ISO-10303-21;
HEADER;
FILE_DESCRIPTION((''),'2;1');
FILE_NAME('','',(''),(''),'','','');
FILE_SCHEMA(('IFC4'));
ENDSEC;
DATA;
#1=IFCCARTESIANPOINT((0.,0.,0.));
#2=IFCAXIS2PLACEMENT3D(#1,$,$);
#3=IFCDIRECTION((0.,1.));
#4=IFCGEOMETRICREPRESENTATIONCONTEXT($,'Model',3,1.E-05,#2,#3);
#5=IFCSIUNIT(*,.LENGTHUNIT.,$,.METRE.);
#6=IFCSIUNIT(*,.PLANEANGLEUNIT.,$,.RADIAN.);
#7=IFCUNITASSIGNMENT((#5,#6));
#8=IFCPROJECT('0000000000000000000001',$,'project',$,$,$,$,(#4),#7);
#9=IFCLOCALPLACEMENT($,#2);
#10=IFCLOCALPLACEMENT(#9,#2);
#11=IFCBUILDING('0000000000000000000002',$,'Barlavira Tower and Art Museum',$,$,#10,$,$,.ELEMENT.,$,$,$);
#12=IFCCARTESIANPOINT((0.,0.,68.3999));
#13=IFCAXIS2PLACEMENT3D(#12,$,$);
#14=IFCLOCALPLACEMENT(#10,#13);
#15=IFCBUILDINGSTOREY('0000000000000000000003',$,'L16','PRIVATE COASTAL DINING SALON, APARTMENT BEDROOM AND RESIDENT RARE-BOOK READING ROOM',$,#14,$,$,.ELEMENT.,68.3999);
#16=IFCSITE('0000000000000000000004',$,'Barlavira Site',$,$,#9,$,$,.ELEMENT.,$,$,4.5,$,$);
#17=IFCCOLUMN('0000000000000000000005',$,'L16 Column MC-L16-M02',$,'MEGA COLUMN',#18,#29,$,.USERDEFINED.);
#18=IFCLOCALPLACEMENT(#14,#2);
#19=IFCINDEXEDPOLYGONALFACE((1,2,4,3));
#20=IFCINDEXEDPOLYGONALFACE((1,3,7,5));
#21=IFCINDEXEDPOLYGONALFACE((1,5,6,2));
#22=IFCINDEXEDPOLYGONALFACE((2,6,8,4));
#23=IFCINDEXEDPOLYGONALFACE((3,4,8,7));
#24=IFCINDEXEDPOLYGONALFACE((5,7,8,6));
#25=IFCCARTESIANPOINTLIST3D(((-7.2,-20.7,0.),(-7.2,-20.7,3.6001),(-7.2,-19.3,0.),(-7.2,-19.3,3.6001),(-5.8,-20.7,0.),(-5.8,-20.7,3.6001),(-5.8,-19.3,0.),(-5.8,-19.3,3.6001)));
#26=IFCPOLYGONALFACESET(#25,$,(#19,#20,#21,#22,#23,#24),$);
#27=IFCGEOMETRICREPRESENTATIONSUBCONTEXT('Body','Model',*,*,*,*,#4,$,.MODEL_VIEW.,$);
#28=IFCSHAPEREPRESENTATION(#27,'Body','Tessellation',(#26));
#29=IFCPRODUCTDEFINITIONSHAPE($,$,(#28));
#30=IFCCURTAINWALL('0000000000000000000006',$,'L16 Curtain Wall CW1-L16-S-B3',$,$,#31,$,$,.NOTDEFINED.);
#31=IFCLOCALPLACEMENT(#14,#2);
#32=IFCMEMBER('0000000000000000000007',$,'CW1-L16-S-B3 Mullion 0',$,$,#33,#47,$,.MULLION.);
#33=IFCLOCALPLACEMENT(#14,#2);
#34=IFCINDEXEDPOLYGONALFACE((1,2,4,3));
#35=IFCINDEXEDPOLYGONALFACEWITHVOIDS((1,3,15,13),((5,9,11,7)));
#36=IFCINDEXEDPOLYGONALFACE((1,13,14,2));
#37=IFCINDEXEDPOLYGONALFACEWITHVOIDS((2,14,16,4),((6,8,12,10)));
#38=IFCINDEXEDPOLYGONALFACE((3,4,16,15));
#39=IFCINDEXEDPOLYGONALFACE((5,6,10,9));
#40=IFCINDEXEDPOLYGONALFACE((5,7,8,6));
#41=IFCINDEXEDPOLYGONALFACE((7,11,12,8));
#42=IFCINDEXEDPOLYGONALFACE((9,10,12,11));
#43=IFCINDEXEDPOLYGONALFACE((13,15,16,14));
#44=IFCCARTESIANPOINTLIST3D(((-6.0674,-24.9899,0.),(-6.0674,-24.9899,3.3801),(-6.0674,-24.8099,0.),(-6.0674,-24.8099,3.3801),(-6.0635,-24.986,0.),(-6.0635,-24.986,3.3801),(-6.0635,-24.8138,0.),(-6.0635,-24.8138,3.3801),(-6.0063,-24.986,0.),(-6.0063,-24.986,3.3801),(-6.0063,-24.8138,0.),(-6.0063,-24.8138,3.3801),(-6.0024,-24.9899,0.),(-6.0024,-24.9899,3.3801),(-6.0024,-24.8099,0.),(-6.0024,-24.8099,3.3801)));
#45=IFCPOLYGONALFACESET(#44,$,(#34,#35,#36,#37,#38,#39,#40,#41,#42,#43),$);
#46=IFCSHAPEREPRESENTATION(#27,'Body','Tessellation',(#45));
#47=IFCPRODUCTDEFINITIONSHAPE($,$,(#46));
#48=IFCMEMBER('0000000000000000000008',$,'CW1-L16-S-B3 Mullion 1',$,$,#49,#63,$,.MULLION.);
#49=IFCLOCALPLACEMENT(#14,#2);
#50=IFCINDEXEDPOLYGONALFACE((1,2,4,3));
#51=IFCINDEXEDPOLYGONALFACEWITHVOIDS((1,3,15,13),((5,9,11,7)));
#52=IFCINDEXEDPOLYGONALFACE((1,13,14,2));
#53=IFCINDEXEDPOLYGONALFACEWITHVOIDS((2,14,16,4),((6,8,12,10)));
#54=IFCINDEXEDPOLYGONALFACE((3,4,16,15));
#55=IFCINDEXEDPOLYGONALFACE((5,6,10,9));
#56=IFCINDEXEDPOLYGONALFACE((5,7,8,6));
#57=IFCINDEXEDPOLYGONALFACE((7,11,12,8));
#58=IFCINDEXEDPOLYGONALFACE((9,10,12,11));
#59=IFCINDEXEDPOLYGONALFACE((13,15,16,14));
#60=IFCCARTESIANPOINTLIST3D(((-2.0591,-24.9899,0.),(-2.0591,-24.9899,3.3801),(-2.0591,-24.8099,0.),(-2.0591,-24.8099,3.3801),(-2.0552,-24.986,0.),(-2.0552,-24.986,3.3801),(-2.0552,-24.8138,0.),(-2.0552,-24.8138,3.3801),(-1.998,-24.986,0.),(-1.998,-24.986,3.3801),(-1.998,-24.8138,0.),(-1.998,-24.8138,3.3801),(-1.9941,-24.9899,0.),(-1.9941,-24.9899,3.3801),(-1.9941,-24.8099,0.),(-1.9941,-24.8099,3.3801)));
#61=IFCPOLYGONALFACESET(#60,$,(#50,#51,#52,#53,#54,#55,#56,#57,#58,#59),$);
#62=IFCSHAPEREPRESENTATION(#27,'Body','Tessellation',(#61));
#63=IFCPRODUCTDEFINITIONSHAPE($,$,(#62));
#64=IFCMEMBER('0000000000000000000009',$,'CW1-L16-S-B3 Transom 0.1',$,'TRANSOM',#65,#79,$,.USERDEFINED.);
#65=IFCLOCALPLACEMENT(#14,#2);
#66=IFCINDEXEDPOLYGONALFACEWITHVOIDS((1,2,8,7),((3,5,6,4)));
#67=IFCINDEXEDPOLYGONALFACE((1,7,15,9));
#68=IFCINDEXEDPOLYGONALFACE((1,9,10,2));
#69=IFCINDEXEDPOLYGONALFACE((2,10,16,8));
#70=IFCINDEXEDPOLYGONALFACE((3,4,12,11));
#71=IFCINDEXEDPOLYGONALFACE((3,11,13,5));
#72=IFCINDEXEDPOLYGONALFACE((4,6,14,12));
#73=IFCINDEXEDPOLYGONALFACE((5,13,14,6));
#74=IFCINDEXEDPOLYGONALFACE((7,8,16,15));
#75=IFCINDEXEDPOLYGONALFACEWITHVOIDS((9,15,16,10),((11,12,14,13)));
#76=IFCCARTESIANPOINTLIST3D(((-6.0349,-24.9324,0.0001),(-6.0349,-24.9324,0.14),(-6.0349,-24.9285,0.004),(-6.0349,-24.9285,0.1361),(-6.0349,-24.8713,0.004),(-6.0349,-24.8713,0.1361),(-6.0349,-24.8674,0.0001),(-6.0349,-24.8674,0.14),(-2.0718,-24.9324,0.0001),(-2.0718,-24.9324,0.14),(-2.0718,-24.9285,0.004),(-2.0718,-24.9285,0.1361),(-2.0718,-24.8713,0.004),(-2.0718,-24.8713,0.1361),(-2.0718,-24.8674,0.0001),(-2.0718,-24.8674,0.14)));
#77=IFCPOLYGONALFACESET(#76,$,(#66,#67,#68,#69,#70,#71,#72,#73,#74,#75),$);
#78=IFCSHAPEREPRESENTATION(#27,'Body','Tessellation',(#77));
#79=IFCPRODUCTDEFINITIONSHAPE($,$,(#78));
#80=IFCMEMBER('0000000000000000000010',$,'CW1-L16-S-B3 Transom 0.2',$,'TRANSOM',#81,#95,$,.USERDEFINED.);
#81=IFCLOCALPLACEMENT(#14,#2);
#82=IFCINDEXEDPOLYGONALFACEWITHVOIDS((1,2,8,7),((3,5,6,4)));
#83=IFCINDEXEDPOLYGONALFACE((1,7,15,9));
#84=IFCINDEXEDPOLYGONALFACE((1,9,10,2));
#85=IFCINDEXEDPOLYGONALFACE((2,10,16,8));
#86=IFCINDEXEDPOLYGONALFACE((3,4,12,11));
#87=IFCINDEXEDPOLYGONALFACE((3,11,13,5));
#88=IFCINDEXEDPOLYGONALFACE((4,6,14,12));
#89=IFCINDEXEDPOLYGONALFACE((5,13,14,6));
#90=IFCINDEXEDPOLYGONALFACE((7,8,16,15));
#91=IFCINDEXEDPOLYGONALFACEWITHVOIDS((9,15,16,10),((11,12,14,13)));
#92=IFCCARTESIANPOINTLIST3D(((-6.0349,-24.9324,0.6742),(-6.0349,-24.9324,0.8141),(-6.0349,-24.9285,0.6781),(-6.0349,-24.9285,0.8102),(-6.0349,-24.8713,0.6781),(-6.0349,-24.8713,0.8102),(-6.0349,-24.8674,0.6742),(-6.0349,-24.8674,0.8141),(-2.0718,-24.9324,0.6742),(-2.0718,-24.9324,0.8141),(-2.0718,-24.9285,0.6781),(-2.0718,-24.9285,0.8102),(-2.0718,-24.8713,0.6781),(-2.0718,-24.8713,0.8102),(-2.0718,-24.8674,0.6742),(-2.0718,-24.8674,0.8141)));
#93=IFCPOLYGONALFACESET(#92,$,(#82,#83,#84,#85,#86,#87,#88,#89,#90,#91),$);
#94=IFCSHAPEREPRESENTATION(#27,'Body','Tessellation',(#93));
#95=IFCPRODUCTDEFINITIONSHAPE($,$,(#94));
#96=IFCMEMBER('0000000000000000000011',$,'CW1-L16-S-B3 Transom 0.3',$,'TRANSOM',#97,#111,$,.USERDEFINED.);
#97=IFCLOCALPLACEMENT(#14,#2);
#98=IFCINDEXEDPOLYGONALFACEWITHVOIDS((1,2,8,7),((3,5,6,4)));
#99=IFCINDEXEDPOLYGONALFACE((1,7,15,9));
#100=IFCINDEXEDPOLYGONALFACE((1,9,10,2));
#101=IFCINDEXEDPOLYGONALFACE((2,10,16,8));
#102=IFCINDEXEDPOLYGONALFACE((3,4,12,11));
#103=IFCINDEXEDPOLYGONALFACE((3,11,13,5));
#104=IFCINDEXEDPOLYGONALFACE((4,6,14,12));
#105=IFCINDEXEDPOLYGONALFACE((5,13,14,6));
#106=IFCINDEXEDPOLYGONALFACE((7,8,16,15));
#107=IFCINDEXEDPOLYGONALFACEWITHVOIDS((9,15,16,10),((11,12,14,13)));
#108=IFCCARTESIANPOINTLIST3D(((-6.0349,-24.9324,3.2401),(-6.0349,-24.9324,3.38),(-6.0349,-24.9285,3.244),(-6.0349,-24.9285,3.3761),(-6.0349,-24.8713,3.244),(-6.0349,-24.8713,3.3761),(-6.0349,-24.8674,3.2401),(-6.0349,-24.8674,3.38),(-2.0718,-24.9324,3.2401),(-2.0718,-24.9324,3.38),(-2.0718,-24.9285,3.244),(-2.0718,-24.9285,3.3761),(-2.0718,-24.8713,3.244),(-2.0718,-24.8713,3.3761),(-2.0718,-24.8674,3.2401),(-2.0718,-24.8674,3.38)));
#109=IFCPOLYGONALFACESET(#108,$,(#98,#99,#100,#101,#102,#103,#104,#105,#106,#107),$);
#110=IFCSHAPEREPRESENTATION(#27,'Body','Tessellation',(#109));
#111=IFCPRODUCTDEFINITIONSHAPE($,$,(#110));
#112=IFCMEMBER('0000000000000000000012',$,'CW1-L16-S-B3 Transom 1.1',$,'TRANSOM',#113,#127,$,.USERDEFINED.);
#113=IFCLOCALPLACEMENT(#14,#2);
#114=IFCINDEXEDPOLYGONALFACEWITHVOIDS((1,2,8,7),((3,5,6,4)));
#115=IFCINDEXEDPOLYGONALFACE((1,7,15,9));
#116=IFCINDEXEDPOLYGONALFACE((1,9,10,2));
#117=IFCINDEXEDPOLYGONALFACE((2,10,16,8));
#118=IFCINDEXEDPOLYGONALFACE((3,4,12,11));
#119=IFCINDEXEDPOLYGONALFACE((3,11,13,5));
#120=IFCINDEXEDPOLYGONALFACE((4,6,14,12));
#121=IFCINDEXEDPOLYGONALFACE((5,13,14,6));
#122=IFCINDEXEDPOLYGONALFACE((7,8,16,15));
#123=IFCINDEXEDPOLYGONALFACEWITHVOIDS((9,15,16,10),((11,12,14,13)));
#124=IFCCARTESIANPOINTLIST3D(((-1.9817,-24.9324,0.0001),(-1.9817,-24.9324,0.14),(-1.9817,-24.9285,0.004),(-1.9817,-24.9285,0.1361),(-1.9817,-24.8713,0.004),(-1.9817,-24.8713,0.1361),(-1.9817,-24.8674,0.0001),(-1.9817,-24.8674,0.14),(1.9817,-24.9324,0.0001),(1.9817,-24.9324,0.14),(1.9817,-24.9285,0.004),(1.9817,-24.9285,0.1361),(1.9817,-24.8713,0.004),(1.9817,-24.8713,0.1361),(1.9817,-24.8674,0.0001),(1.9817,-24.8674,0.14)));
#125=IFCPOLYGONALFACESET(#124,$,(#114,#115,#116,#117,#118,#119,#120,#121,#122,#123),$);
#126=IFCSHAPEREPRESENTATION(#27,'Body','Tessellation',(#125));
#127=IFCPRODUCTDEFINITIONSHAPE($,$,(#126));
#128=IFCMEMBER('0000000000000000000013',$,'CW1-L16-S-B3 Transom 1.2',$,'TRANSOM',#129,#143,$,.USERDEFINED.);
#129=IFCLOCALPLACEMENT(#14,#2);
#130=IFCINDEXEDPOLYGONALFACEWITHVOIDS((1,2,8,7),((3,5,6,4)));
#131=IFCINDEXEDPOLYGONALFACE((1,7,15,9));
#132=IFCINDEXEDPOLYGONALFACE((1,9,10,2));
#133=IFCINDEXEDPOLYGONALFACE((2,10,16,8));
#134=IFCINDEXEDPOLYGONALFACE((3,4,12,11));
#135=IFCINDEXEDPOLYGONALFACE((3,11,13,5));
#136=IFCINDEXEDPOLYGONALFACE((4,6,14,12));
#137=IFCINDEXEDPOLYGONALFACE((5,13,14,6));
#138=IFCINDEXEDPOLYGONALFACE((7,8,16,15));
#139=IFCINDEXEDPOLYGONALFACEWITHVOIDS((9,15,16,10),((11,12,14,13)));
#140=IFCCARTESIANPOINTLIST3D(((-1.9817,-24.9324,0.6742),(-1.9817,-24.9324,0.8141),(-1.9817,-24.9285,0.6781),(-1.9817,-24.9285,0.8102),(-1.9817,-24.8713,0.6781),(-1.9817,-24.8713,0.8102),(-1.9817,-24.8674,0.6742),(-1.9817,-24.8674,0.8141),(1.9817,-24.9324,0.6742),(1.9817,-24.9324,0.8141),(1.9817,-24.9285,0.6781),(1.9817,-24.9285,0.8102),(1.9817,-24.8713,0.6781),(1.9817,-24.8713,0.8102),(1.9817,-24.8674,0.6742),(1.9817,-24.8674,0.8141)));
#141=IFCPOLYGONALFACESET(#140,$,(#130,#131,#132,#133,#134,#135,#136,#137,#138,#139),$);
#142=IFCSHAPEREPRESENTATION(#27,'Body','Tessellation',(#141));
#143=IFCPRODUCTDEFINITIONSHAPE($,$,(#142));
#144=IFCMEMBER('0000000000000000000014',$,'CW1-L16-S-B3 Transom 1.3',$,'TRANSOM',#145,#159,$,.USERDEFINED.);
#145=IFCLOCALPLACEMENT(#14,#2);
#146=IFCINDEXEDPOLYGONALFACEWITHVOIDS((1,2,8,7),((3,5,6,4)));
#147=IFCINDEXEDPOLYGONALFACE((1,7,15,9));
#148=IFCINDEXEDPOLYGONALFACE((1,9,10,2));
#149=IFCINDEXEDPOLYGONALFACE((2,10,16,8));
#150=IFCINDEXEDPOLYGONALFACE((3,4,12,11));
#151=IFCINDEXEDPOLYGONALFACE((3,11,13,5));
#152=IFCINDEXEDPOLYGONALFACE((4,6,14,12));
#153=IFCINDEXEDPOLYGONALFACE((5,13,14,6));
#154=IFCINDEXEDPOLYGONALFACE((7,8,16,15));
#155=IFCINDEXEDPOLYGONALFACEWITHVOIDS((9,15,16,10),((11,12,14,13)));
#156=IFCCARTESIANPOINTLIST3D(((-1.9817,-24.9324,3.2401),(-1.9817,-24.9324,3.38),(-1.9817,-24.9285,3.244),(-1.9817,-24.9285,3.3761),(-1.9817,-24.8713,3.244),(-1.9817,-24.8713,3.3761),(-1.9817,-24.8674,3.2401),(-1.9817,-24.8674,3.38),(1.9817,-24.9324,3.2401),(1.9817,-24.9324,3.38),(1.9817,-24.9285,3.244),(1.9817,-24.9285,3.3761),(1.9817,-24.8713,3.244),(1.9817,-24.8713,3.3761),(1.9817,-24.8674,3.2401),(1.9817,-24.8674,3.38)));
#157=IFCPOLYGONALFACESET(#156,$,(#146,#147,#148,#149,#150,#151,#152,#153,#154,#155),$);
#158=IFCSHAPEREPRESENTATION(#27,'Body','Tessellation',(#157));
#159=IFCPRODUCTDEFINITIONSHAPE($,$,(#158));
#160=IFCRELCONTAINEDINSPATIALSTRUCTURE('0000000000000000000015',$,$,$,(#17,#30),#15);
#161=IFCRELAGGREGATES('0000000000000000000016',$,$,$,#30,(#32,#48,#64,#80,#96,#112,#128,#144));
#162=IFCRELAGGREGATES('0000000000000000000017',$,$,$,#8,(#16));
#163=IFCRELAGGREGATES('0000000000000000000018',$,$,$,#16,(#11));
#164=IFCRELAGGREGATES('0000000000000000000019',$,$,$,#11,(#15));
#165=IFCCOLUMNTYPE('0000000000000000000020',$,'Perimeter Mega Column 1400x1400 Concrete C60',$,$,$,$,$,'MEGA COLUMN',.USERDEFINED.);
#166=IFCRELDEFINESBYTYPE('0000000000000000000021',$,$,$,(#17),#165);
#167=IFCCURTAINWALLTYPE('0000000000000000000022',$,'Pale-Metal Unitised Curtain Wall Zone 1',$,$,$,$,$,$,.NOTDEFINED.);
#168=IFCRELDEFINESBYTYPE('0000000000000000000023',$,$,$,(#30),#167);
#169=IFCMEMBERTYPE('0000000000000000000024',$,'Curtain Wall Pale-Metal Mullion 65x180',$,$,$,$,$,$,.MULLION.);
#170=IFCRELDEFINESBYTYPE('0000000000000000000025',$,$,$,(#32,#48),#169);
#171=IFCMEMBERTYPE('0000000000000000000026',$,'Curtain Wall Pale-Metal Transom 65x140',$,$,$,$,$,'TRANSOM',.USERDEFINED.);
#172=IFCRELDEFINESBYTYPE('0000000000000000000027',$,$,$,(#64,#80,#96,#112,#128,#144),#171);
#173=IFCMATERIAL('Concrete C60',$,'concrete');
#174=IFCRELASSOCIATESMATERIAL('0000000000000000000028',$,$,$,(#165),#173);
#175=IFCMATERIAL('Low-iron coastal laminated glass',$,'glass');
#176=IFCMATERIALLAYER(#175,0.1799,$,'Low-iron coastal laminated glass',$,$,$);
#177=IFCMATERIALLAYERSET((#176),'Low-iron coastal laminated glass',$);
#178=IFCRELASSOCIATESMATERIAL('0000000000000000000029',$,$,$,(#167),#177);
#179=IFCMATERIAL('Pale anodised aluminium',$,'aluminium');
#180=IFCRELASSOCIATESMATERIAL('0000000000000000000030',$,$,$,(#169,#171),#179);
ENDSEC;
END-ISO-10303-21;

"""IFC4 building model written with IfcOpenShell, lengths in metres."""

from ifc_helpers import new_model, si_unit, direction, frame, origin, origin_2d, place, context, subcontext, project, spatial, rectangle, hollow_rectangle, extrude, material, layer, layer_set, material_profile, profile_set, type_object, element, aggregate, save


model = new_model("IFC4")

# Units and contexts
model_context = context("Model", 3, precision=1e-05, world=origin(), true_north=direction((0.0, 1.0)))
body_context = subcontext(model_context, "Body", "Model", "MODEL_VIEW")
ifc_project = project(units=[si_unit("LENGTHUNIT", "METRE"), si_unit("PLANEANGLEUNIT", "RADIAN")], contexts=[model_context])

# Site, building, storey
site_placement = place(None, origin())
site = spatial("IfcSite", under=ifc_project, at=site_placement, Name="Barlavira Site", CompositionType="ELEMENT", RefElevation=4.5)
building_placement = place(site_placement, origin())
building = spatial("IfcBuilding", under=site, at=building_placement, Name="Barlavira Tower and Art Museum", CompositionType="ELEMENT")
storey_placement = place(building_placement, frame((0.0, 0.0, 68.3999)))
storey = spatial("IfcBuildingStorey", under=building, at=storey_placement, Name="L16", Description="PRIVATE COASTAL DINING SALON, APARTMENT BEDROOM AND RESIDENT RARE-BOOK READING ROOM", CompositionType="ELEMENT", Elevation=68.3999)

# Column
ifc_material_1 = material(Name="Concrete C60", Category="concrete")
ifc_material_profile_1 = material_profile(ifc_material_1, rectangle(XDim=1.3999, YDim=1.3999, at=origin_2d()), Name="RC-MCOL 1400x1400")
ifc_profile_set_1 = profile_set([ifc_material_profile_1], Name="Concrete C60")
column_type = type_object("IfcColumnType", Name="Perimeter Mega Column 1400x1400 Concrete C60", ElementType="MEGA COLUMN", PredefinedType="USERDEFINED", material=ifc_profile_set_1)
column_placement = place(storey_placement, frame((-6.5, -20.0, 0.0), z_axis=(0.0, 0.0, 1.0), x_axis=(1.0, 0.0, 0.0)))
element("IfcColumn", 1, at=column_placement, inside=storey, type_object=column_type, Name="L16 Column MC-L16-M02", ObjectType="MEGA COLUMN", PredefinedType="USERDEFINED", context=body_context, shape_type="SweptSolid", body=[
    extrude(rectangle(XDim=1.3999, YDim=1.3999, at=origin_2d()), origin(), (0.0, 0.0, 1.0), 3.6001),
])

# Curtain wall, members
ifc_material_2 = material(Name="Low-iron coastal laminated glass", Category="glass")
ifc_layer_1 = layer(ifc_material_2, 0.1799, Name="Low-iron coastal laminated glass")
ifc_layer_set_1 = layer_set([ifc_layer_1], Name="Low-iron coastal laminated glass")
curtain_wall_type = type_object("IfcCurtainWallType", Name="Pale-Metal Unitised Curtain Wall Zone 1", PredefinedType="NOTDEFINED", material=ifc_layer_set_1)
curtain_wall_placement = place(storey_placement, origin())
curtain_wall = element("IfcCurtainWall", 2, at=curtain_wall_placement, inside=storey, type_object=curtain_wall_type, Name="L16 Curtain Wall CW1-L16-S-B3", PredefinedType="NOTDEFINED")
ifc_material_3 = material(Name="Pale anodised aluminium", Category="aluminium")
ifc_material_profile_2 = material_profile(ifc_material_3, hollow_rectangle(XDim=0.0649, YDim=0.1799, WallThickness=0.0039, at=origin_2d()), Name="ALU-MULL 65x180x4")
ifc_profile_set_2 = profile_set([ifc_material_profile_2], Name="Pale anodised aluminium")
member_type_1 = type_object("IfcMemberType", Name="Curtain Wall Pale-Metal Mullion 65x180", PredefinedType="MULLION", material=ifc_profile_set_2)
member_1_placement = place(storey_placement, frame((-6.0349, -24.8999, 0.0), z_axis=(0.0, 0.0, 1.0), x_axis=(1.0, 0.0, 0.0)))
member_1 = element("IfcMember", 3, at=member_1_placement, type_object=member_type_1, Name="CW1-L16-S-B3 Mullion 0", PredefinedType="MULLION", context=body_context, shape_type="SweptSolid", body=[
    extrude(hollow_rectangle(XDim=0.0649, YDim=0.1799, WallThickness=0.0039, at=origin_2d()), origin(), (0.0, 0.0, 1.0), 3.3801),
])
member_2_placement = place(storey_placement, frame((-2.0266, -24.8999, 0.0), z_axis=(0.0, 0.0, 1.0), x_axis=(1.0, 0.0, 0.0)))
member_2 = element("IfcMember", 4, at=member_2_placement, type_object=member_type_1, Name="CW1-L16-S-B3 Mullion 1", PredefinedType="MULLION", context=body_context, shape_type="SweptSolid", body=[
    extrude(hollow_rectangle(XDim=0.0649, YDim=0.1799, WallThickness=0.0039, at=origin_2d()), origin(), (0.0, 0.0, 1.0), 3.3801),
])
ifc_material_profile_3 = material_profile(ifc_material_3, hollow_rectangle(XDim=0.0649, YDim=0.1399, WallThickness=0.0039, at=origin_2d()), Name="ALU-TRAN 65x140x4")
ifc_profile_set_3 = profile_set([ifc_material_profile_3], Name="Pale anodised aluminium")
member_type_2 = type_object("IfcMemberType", Name="Curtain Wall Pale-Metal Transom 65x140", ElementType="TRANSOM", PredefinedType="USERDEFINED", material=ifc_profile_set_3)
member_3_placement = place(storey_placement, frame((-6.0349, -24.8999, 0.0701), z_axis=(1.0, 0.0, 0.0), x_axis=(0.0, 1.0, 0.0)))
member_3 = element("IfcMember", 5, at=member_3_placement, type_object=member_type_2, Name="CW1-L16-S-B3 Transom 0.1", ObjectType="TRANSOM", PredefinedType="USERDEFINED", context=body_context, shape_type="SweptSolid", body=[
    extrude(hollow_rectangle(XDim=0.0649, YDim=0.1399, WallThickness=0.0039, at=origin_2d()), origin(), (0.0, 0.0, 1.0), 3.9631),
])
member_4_placement = place(storey_placement, frame((-6.0349, -24.8999, 0.7441), z_axis=(1.0, 0.0, 0.0), x_axis=(0.0, 1.0, 0.0)))
member_4 = element("IfcMember", 6, at=member_4_placement, type_object=member_type_2, Name="CW1-L16-S-B3 Transom 0.2", ObjectType="TRANSOM", PredefinedType="USERDEFINED", context=body_context, shape_type="SweptSolid", body=[
    extrude(hollow_rectangle(XDim=0.0649, YDim=0.1399, WallThickness=0.0039, at=origin_2d()), origin(), (0.0, 0.0, 1.0), 3.9631),
])
member_5_placement = place(storey_placement, frame((-6.0349, -24.8999, 3.3101), z_axis=(1.0, 0.0, 0.0), x_axis=(0.0, 1.0, 0.0)))
member_5 = element("IfcMember", 7, at=member_5_placement, type_object=member_type_2, Name="CW1-L16-S-B3 Transom 0.3", ObjectType="TRANSOM", PredefinedType="USERDEFINED", context=body_context, shape_type="SweptSolid", body=[
    extrude(hollow_rectangle(XDim=0.0649, YDim=0.1399, WallThickness=0.0039, at=origin_2d()), origin(), (0.0, 0.0, 1.0), 3.9631),
])
member_6_placement = place(storey_placement, frame((-1.9817, -24.8999, 0.0701), z_axis=(1.0, 0.0, 0.0), x_axis=(0.0, 1.0, 0.0)))
member_6 = element("IfcMember", 8, at=member_6_placement, type_object=member_type_2, Name="CW1-L16-S-B3 Transom 1.1", ObjectType="TRANSOM", PredefinedType="USERDEFINED", context=body_context, shape_type="SweptSolid", body=[
    extrude(hollow_rectangle(XDim=0.0649, YDim=0.1399, WallThickness=0.0039, at=origin_2d()), origin(), (0.0, 0.0, 1.0), 3.9634),
])
member_7_placement = place(storey_placement, frame((-1.9817, -24.8999, 0.7441), z_axis=(1.0, 0.0, 0.0), x_axis=(0.0, 1.0, 0.0)))
member_7 = element("IfcMember", 9, at=member_7_placement, type_object=member_type_2, Name="CW1-L16-S-B3 Transom 1.2", ObjectType="TRANSOM", PredefinedType="USERDEFINED", context=body_context, shape_type="SweptSolid", body=[
    extrude(hollow_rectangle(XDim=0.0649, YDim=0.1399, WallThickness=0.0039, at=origin_2d()), origin(), (0.0, 0.0, 1.0), 3.9634),
])
member_8_placement = place(storey_placement, frame((-1.9817, -24.8999, 3.3101), z_axis=(1.0, 0.0, 0.0), x_axis=(0.0, 1.0, 0.0)))
member_8 = element("IfcMember", 10, at=member_8_placement, type_object=member_type_2, Name="CW1-L16-S-B3 Transom 1.3", ObjectType="TRANSOM", PredefinedType="USERDEFINED", context=body_context, shape_type="SweptSolid", body=[
    extrude(hollow_rectangle(XDim=0.0649, YDim=0.1399, WallThickness=0.0039, at=origin_2d()), origin(), (0.0, 0.0, 1.0), 3.9634),
])

aggregate(curtain_wall, [member_1, member_2, member_3, member_4, member_5, member_6, member_7, member_8])

save(model, "model.ifc")
